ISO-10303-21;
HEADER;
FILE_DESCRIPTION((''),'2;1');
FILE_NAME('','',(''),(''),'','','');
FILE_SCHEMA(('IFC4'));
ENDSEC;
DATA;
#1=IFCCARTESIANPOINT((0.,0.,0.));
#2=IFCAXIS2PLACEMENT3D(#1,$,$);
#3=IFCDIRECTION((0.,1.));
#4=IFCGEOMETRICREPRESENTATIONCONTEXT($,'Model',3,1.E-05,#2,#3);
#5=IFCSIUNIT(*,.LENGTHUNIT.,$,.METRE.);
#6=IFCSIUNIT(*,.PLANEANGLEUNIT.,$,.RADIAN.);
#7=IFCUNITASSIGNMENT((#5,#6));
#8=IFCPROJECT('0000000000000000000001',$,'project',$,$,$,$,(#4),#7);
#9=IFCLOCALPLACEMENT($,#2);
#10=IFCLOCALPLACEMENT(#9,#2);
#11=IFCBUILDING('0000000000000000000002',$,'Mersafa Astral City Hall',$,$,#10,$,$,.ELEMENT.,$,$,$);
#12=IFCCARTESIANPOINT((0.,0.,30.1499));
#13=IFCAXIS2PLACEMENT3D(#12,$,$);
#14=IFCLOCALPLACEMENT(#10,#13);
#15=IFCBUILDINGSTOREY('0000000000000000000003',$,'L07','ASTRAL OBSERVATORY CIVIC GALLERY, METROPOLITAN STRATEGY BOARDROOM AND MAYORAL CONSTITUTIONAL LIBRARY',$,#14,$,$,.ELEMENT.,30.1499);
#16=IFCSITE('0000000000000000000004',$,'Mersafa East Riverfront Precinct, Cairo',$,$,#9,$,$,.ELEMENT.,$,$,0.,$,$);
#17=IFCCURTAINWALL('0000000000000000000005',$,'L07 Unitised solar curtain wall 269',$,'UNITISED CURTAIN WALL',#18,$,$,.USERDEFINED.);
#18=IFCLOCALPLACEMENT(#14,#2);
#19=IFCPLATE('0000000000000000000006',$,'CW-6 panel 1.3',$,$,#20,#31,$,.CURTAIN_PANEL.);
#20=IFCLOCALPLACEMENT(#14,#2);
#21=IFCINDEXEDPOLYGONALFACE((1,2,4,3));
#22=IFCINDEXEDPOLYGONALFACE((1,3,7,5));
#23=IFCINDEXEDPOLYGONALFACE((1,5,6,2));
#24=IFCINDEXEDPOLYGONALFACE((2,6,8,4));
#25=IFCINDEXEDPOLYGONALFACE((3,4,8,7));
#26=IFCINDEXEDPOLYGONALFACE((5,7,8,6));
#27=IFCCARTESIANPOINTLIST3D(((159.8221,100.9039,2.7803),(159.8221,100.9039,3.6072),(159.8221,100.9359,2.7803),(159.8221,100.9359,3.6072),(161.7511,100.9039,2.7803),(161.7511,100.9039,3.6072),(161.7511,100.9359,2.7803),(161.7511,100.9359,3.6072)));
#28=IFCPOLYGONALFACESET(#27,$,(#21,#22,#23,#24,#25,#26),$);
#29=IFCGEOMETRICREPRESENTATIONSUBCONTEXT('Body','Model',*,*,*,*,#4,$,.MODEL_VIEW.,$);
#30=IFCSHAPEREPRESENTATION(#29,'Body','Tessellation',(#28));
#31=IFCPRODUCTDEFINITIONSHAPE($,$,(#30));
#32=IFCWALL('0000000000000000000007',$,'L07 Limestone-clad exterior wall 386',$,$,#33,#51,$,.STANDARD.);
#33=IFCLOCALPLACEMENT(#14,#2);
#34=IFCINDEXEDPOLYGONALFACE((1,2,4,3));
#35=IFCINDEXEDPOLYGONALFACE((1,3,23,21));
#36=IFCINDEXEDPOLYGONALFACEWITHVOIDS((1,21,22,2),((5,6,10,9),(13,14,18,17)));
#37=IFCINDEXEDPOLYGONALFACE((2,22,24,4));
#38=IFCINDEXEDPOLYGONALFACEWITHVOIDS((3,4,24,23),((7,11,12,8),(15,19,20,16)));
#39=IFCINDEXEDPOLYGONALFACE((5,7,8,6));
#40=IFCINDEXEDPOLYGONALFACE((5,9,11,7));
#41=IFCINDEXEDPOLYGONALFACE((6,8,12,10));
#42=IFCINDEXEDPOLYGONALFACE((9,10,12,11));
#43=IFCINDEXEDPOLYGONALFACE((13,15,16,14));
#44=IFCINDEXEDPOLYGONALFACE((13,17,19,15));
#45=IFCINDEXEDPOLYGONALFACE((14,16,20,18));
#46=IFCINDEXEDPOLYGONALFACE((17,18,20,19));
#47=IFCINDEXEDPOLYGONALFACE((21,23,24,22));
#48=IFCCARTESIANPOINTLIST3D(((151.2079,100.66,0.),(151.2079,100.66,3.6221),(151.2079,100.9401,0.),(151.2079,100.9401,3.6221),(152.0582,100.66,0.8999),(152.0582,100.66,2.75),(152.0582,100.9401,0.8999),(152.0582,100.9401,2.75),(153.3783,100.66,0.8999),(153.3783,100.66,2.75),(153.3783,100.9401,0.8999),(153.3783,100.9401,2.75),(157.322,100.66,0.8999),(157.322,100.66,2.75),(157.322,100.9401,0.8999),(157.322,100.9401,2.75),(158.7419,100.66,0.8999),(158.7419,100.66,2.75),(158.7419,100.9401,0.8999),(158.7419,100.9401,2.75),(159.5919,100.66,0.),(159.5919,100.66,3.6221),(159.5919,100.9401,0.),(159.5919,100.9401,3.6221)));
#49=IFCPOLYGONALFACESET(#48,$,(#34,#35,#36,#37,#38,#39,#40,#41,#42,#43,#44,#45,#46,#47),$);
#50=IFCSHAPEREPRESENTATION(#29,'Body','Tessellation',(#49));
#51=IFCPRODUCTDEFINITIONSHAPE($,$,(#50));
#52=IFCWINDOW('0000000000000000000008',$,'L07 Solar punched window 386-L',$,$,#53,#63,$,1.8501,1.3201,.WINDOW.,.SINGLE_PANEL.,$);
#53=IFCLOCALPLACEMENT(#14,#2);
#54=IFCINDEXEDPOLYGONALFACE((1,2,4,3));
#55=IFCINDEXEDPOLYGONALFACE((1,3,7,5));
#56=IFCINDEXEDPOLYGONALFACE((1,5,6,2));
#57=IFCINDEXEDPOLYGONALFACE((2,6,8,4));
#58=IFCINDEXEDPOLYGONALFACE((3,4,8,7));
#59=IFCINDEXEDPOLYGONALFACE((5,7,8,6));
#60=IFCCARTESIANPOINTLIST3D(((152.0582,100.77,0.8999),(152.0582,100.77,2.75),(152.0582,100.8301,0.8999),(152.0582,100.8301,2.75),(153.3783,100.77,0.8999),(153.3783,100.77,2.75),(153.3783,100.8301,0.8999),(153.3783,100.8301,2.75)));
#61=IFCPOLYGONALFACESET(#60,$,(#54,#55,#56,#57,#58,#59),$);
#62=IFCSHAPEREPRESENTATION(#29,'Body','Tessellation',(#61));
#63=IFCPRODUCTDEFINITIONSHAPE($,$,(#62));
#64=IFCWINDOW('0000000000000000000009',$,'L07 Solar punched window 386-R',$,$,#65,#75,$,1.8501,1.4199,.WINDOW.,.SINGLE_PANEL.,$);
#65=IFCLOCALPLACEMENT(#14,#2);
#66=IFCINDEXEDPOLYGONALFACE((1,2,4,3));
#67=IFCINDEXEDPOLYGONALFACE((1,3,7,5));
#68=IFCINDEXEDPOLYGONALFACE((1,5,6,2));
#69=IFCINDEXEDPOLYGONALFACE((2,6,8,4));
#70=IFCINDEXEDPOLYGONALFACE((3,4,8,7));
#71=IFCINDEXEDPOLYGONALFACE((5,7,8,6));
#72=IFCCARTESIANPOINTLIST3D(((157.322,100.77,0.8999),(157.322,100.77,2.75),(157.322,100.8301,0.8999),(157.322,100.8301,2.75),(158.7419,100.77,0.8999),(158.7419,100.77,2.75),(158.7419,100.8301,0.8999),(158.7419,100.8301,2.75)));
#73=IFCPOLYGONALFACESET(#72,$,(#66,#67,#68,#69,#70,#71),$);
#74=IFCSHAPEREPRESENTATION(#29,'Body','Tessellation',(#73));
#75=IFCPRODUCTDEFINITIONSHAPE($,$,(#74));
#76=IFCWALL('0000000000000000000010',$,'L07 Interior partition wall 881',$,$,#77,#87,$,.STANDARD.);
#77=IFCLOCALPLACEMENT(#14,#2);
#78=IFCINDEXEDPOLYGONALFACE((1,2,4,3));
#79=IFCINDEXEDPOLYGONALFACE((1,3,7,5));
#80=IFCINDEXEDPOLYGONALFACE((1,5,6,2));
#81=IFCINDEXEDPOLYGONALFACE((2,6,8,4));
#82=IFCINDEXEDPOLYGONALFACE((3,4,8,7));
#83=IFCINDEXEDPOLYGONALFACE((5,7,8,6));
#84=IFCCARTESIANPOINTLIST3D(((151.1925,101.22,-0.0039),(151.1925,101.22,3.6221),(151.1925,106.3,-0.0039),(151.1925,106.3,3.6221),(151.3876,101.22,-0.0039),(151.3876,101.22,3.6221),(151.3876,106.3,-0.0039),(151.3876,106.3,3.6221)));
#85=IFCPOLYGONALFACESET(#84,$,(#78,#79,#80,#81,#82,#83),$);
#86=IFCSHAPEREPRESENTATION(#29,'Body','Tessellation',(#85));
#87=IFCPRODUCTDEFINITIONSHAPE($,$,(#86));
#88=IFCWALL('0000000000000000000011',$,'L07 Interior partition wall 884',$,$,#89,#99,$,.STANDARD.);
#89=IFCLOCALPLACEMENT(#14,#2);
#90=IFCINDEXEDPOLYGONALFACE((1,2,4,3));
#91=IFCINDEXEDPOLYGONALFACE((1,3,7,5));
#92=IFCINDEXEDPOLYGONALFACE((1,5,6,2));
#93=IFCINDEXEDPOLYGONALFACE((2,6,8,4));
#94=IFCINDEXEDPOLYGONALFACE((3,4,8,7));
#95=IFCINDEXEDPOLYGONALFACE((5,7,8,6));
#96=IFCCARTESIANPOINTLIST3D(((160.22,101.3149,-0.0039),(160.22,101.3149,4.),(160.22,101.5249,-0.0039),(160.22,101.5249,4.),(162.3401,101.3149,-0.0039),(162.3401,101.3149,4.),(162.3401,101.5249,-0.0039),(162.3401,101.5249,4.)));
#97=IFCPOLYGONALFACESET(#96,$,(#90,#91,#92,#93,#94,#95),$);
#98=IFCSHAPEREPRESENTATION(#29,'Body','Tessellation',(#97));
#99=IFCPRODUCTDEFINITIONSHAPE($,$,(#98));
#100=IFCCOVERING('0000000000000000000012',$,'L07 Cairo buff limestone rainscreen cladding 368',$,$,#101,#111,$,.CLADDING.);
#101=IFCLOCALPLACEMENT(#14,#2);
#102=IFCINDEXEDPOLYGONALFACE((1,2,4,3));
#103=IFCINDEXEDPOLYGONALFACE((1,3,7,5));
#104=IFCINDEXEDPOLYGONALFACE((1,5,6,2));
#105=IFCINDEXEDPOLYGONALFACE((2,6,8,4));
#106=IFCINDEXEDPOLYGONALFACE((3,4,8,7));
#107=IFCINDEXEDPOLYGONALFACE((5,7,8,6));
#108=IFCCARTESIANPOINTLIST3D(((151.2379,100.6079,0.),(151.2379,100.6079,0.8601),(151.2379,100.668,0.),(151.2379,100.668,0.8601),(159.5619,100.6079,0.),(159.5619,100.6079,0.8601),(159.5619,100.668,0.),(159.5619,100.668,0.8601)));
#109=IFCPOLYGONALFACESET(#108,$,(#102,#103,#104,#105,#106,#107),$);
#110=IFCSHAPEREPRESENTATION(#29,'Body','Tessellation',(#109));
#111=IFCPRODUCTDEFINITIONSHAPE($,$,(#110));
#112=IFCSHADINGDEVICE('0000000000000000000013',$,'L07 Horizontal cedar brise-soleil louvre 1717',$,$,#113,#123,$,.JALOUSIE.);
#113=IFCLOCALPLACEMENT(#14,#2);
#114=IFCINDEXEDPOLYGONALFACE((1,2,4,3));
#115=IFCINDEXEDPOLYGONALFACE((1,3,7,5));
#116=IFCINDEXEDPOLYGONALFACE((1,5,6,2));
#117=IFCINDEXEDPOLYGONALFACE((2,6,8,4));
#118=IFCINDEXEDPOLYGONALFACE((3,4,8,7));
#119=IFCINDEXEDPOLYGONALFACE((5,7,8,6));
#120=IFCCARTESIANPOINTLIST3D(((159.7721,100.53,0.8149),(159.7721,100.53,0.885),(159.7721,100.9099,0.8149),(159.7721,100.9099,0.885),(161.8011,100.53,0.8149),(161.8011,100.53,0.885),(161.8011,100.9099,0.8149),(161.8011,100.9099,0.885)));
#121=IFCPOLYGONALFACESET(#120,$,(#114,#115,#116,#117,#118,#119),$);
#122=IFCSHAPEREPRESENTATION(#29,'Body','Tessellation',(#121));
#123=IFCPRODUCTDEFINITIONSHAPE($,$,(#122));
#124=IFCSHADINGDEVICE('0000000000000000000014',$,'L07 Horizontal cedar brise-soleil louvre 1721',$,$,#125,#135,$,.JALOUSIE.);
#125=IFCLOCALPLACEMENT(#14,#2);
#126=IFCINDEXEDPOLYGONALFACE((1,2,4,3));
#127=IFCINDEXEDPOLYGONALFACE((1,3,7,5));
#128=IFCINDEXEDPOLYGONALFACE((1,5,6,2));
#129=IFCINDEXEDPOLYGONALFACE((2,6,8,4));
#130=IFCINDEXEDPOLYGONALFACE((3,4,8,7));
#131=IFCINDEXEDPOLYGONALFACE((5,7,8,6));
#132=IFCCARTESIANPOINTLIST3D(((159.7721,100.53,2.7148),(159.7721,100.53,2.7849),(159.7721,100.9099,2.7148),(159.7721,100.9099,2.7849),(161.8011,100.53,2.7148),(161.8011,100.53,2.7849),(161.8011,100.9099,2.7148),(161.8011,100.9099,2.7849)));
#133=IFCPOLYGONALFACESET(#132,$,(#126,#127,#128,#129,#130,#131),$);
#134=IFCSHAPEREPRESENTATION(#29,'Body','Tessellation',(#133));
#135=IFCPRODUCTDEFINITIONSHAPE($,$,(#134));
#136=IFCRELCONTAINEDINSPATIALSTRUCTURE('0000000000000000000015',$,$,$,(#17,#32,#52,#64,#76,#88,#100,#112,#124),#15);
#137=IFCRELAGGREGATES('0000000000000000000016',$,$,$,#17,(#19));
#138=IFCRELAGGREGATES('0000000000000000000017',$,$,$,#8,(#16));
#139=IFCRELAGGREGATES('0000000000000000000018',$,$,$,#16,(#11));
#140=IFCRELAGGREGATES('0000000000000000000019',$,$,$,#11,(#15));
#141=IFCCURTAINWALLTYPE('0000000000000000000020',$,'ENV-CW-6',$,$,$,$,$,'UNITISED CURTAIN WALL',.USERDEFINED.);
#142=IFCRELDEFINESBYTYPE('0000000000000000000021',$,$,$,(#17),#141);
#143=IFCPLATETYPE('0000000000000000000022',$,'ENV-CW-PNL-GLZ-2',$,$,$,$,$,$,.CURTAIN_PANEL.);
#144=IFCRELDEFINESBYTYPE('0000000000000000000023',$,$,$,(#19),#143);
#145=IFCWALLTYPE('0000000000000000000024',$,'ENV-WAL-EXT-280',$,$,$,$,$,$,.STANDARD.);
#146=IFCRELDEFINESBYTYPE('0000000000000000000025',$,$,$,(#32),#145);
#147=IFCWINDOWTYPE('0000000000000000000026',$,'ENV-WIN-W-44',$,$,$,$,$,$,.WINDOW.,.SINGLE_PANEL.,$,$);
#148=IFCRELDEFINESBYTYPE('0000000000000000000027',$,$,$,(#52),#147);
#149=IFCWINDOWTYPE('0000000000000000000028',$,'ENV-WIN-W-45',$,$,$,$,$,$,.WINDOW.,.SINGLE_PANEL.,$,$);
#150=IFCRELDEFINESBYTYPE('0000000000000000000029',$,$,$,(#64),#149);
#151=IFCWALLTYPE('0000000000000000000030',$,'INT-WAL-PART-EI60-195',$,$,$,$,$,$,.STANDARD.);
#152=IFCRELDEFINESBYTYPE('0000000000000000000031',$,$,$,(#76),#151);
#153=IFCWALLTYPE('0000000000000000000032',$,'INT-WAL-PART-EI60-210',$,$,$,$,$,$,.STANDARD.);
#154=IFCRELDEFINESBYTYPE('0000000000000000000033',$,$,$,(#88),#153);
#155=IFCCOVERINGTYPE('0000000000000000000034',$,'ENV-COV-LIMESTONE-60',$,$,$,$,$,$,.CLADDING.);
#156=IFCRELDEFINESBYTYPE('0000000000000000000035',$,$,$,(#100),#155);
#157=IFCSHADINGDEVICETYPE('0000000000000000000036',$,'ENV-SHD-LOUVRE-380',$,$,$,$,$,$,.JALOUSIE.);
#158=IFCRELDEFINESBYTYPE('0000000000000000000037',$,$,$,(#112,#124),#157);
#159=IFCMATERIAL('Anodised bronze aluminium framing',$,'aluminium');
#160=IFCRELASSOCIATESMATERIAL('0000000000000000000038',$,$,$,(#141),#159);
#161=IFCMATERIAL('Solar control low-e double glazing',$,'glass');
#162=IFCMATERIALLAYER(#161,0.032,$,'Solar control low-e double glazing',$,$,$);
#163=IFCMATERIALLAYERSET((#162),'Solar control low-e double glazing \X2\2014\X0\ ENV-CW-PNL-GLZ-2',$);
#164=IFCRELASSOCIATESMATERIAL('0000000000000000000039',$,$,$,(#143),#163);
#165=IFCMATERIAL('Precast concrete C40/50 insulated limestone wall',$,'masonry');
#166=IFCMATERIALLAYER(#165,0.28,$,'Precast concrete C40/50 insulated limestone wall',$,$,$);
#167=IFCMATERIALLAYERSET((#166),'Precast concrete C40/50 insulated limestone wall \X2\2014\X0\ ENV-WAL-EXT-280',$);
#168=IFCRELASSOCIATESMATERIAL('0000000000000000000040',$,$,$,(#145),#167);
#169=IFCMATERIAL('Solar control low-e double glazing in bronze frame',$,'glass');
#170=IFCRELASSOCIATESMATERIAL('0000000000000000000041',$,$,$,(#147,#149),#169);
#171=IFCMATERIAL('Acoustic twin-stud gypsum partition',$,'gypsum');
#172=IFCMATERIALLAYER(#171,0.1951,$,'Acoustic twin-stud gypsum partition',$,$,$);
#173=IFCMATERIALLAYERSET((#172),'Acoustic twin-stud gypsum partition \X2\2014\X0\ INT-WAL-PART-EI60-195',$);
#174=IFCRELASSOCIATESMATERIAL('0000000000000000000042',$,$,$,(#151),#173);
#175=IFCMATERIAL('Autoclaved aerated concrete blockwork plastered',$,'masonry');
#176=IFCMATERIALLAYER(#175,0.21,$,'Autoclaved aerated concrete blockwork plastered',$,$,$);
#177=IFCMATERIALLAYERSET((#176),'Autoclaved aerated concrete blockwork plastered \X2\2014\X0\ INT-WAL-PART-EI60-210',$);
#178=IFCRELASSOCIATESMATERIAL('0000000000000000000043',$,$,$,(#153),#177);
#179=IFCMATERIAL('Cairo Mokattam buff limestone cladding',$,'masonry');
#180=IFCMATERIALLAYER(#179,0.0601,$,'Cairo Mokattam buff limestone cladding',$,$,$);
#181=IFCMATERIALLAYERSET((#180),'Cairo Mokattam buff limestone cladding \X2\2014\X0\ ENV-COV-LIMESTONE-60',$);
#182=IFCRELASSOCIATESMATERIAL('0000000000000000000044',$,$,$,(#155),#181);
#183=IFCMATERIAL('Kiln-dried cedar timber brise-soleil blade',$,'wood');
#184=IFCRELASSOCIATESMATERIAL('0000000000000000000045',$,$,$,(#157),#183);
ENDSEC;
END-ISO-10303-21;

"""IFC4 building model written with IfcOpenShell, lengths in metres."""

from ifc_helpers import new_model, si_unit, direction, frame, frame_2d, origin, origin_2d, place, context, subcontext, project, spatial, rectangle, extrude, material, layer, layer_set, type_object, element, fill, aggregate, save


model = new_model("IFC4")

# Units and contexts
model_context = context("Model", 3, precision=1e-05, world=origin(), true_north=direction((0.0, 1.0)))
body_context = subcontext(model_context, "Body", "Model", "MODEL_VIEW")
ifc_project = project(units=[si_unit("LENGTHUNIT", "METRE"), si_unit("PLANEANGLEUNIT", "RADIAN")], contexts=[model_context])

# Site, building, storey
site_placement = place(None, origin())
site = spatial("IfcSite", under=ifc_project, at=site_placement, Name="Mersafa East Riverfront Precinct, Cairo", CompositionType="ELEMENT", RefElevation=0.0)
building_placement = place(site_placement, origin())
building = spatial("IfcBuilding", under=site, at=building_placement, Name="Mersafa Astral City Hall", CompositionType="ELEMENT")
storey_placement = place(building_placement, frame((0.0, 0.0, 30.1499)))
storey = spatial("IfcBuildingStorey", under=building, at=storey_placement, Name="L07", Description="ASTRAL OBSERVATORY CIVIC GALLERY, METROPOLITAN STRATEGY BOARDROOM AND MAYORAL CONSTITUTIONAL LIBRARY", CompositionType="ELEMENT", Elevation=30.1499)

# Shared definitions
ifc_material_1 = material(Name="Anodised bronze aluminium framing", Category="aluminium")

# Curtain wall
curtain_wall_type_1 = type_object("IfcCurtainWallType", Name="ENV-CW-6", ElementType="UNITISED CURTAIN WALL", PredefinedType="USERDEFINED", material=ifc_material_1)
curtain_wall_1_placement = place(storey_placement, origin())
curtain_wall_1 = element("IfcCurtainWall", 1, at=curtain_wall_1_placement, inside=storey, type_object=curtain_wall_type_1, Name="L07 Unitised solar curtain wall 269", ObjectType="UNITISED CURTAIN WALL", PredefinedType="USERDEFINED")

# Plate
ifc_material_2 = material(Name="Solar control low-e double glazing", Category="glass")
ifc_layer_1 = layer(ifc_material_2, 0.032, Name="Solar control low-e double glazing")
ifc_layer_set_1 = layer_set([ifc_layer_1], Name="Solar control low-e double glazing — ENV-CW-PNL-GLZ-2")
plate_type_1 = type_object("IfcPlateType", Name="ENV-CW-PNL-GLZ-2", PredefinedType="CURTAIN_PANEL", material=ifc_layer_set_1)
plate_1_placement = place(storey_placement, frame((160.7866, 100.9199, 2.7803), z_axis=(0.0, 0.0, 1.0), x_axis=(1.0, 0.0, 0.0)))
plate_1 = element("IfcPlate", 2, at=plate_1_placement, type_object=plate_type_1, Name="CW-6 panel 1.3", PredefinedType="CURTAIN_PANEL", context=body_context, shape_type="SweptSolid", body=[
    extrude(rectangle(XDim=1.929, YDim=0.032, at=origin_2d()), origin(), (0.0, 0.0, 1.0), 0.8269),
])
aggregate(curtain_wall_1, [plate_1])

# Wall, openings, windows
ifc_material_3 = material(Name="Precast concrete C40/50 insulated limestone wall", Category="masonry")
ifc_layer_2 = layer(ifc_material_3, 0.28, Name="Precast concrete C40/50 insulated limestone wall")
ifc_layer_set_2 = layer_set([ifc_layer_2], Name="Precast concrete C40/50 insulated limestone wall — ENV-WAL-EXT-280")
wall_type_1 = type_object("IfcWallType", Name="ENV-WAL-EXT-280", PredefinedType="STANDARD", material=ifc_layer_set_2)
wall_1_placement = place(storey_placement, frame((151.208, 100.8, 0.0), z_axis=(0.0, 0.0, 1.0), x_axis=(1.0, 0.0, 0.0)))
wall_1 = element("IfcWall", 3, at=wall_1_placement, inside=storey, type_object=wall_type_1, Name="L07 Limestone-clad exterior wall 386", PredefinedType="STANDARD", context=body_context, shape_type="SweptSolid", body=[
    extrude(rectangle(XDim=8.384, YDim=0.28, at=frame_2d((4.1919, 0.0))), origin(), (0.0, 0.0, 1.0), 3.6221),
])
opening_1_placement = place(wall_1_placement, frame((0.8501, 0.0, 0.8999)))
opening_1 = element("IfcOpeningElement", 4, at=opening_1_placement, cuts=wall_1, PredefinedType="OPENING", context=body_context, shape_type="SweptSolid", body=[
    extrude(rectangle(XDim=1.3201, YDim=1.8501, at=frame_2d((0.6602, 0.925))), frame((0.0, 0.1499, 0.0), z_axis=(0.0, -1.0, 0.0), x_axis=(1.0, 0.0, 0.0)), (0.0, 0.0, 1.0), 0.3),
])
opening_2_placement = place(wall_1_placement, frame((6.114, 0.0, 0.8999)))
opening_2 = element("IfcOpeningElement", 5, at=opening_2_placement, cuts=wall_1, PredefinedType="OPENING", context=body_context, shape_type="SweptSolid", body=[
    extrude(rectangle(XDim=1.4199, YDim=1.8501, at=frame_2d((0.71, 0.925))), frame((0.0, 0.1499, 0.0), z_axis=(0.0, -1.0, 0.0), x_axis=(1.0, 0.0, 0.0)), (0.0, 0.0, 1.0), 0.3),
])
ifc_material_4 = material(Name="Solar control low-e double glazing in bronze frame", Category="glass")
window_type_1 = type_object("IfcWindowType", Name="ENV-WIN-W-44", PartitioningType="SINGLE_PANEL", PredefinedType="WINDOW", material=ifc_material_4)
window_1_placement = place(opening_1_placement, origin())
window_1 = element("IfcWindow", 6, at=window_1_placement, inside=storey, type_object=window_type_1, Name="L07 Solar punched window 386-L", OverallHeight=1.8501, OverallWidth=1.3201, PartitioningType="SINGLE_PANEL", PredefinedType="WINDOW", context=body_context, shape_type="SweptSolid", body=[
    extrude(rectangle(XDim=1.3201, YDim=1.8501, at=frame_2d((0.6602, 0.925))), frame((0.0, 0.03, 0.0), z_axis=(0.0, -1.0, 0.0), x_axis=(1.0, 0.0, 0.0)), (0.0, 0.0, 1.0), 0.0601),
])
fill(opening_1, window_1)
window_type_2 = type_object("IfcWindowType", Name="ENV-WIN-W-45", PartitioningType="SINGLE_PANEL", PredefinedType="WINDOW", material=ifc_material_4)
window_2_placement = place(opening_2_placement, origin())
window_2 = element("IfcWindow", 7, at=window_2_placement, inside=storey, type_object=window_type_2, Name="L07 Solar punched window 386-R", OverallHeight=1.8501, OverallWidth=1.4199, PartitioningType="SINGLE_PANEL", PredefinedType="WINDOW", context=body_context, shape_type="SweptSolid", body=[
    extrude(rectangle(XDim=1.4199, YDim=1.8501, at=frame_2d((0.71, 0.925))), frame((0.0, 0.03, 0.0), z_axis=(0.0, -1.0, 0.0), x_axis=(1.0, 0.0, 0.0)), (0.0, 0.0, 1.0), 0.0601),
])
fill(opening_2, window_2)

# Walls
ifc_material_5 = material(Name="Acoustic twin-stud gypsum partition", Category="gypsum")
ifc_layer_3 = layer(ifc_material_5, 0.1951, Name="Acoustic twin-stud gypsum partition")
ifc_layer_set_3 = layer_set([ifc_layer_3], Name="Acoustic twin-stud gypsum partition — INT-WAL-PART-EI60-195")
wall_type_2 = type_object("IfcWallType", Name="INT-WAL-PART-EI60-195", PredefinedType="STANDARD", material=ifc_layer_set_3)
wall_2_placement = place(storey_placement, frame((151.29, 101.22, -0.0039), z_axis=(0.0, 0.0, 1.0), x_axis=(0.0, 1.0, 0.0)))
element("IfcWall", 8, at=wall_2_placement, inside=storey, type_object=wall_type_2, Name="L07 Interior partition wall 881", PredefinedType="STANDARD", context=body_context, shape_type="SweptSolid", body=[
    extrude(rectangle(XDim=5.0801, YDim=0.1951, at=frame_2d((2.54, 0.0))), origin(), (0.0, 0.0, 1.0), 3.626),
])
ifc_material_6 = material(Name="Autoclaved aerated concrete blockwork plastered", Category="masonry")
ifc_layer_4 = layer(ifc_material_6, 0.21, Name="Autoclaved aerated concrete blockwork plastered")
ifc_layer_set_4 = layer_set([ifc_layer_4], Name="Autoclaved aerated concrete blockwork plastered — INT-WAL-PART-EI60-210")
wall_type_3 = type_object("IfcWallType", Name="INT-WAL-PART-EI60-210", PredefinedType="STANDARD", material=ifc_layer_set_4)
wall_3_placement = place(storey_placement, frame((160.22, 101.4199, -0.0039), z_axis=(0.0, 0.0, 1.0), x_axis=(1.0, 0.0, 0.0)))
element("IfcWall", 9, at=wall_3_placement, inside=storey, type_object=wall_type_3, Name="L07 Interior partition wall 884", PredefinedType="STANDARD", context=body_context, shape_type="SweptSolid", body=[
    extrude(rectangle(XDim=2.1201, YDim=0.21, at=frame_2d((1.0601, 0.0))), origin(), (0.0, 0.0, 1.0), 4.0039),
])

# Covering
ifc_material_7 = material(Name="Cairo Mokattam buff limestone cladding", Category="masonry")
ifc_layer_5 = layer(ifc_material_7, 0.0601, Name="Cairo Mokattam buff limestone cladding")
ifc_layer_set_5 = layer_set([ifc_layer_5], Name="Cairo Mokattam buff limestone cladding — ENV-COV-LIMESTONE-60")
covering_type = type_object("IfcCoveringType", Name="ENV-COV-LIMESTONE-60", PredefinedType="CLADDING", material=ifc_layer_set_5)
covering_placement = place(storey_placement, frame((155.3999, 100.6379, 0.0), z_axis=(0.0, 0.0, 1.0), x_axis=(1.0, 0.0, 0.0)))
element("IfcCovering", 10, at=covering_placement, inside=storey, type_object=covering_type, Name="L07 Cairo buff limestone rainscreen cladding 368", PredefinedType="CLADDING", context=body_context, shape_type="SweptSolid", body=[
    extrude(rectangle(XDim=8.324, YDim=0.0601, at=origin_2d()), origin(), (0.0, 0.0, 1.0), 0.8601),
])

# Shading devices
ifc_material_8 = material(Name="Kiln-dried cedar timber brise-soleil blade", Category="wood")
shading_device_type = type_object("IfcShadingDeviceType", Name="ENV-SHD-LOUVRE-380", PredefinedType="JALOUSIE", material=ifc_material_8)
for number, where, z_axis, x_axis, name in (
    (11, (160.7866, 100.72, 0.8149), (0.0, 0.0, 1.0), (1.0, 0.0, 0.0), "L07 Horizontal cedar brise-soleil louvre 1717"),
    (12, (160.7866, 100.72, 2.7148), (0.0, 0.0, 1.0), (1.0, 0.0, 0.0), "L07 Horizontal cedar brise-soleil louvre 1721"),
):
    element("IfcShadingDevice", number, at=place(storey_placement, frame(where, z_axis=z_axis, x_axis=x_axis)), inside=storey, type_object=shading_device_type, Name=name, PredefinedType="JALOUSIE", context=body_context, shape_type="SweptSolid", body=[
        extrude(rectangle(XDim=2.0291, YDim=0.3799, at=origin_2d()), origin(), (0.0, 0.0, 1.0), 0.0701),
    ])

save(model, "model.ifc")
